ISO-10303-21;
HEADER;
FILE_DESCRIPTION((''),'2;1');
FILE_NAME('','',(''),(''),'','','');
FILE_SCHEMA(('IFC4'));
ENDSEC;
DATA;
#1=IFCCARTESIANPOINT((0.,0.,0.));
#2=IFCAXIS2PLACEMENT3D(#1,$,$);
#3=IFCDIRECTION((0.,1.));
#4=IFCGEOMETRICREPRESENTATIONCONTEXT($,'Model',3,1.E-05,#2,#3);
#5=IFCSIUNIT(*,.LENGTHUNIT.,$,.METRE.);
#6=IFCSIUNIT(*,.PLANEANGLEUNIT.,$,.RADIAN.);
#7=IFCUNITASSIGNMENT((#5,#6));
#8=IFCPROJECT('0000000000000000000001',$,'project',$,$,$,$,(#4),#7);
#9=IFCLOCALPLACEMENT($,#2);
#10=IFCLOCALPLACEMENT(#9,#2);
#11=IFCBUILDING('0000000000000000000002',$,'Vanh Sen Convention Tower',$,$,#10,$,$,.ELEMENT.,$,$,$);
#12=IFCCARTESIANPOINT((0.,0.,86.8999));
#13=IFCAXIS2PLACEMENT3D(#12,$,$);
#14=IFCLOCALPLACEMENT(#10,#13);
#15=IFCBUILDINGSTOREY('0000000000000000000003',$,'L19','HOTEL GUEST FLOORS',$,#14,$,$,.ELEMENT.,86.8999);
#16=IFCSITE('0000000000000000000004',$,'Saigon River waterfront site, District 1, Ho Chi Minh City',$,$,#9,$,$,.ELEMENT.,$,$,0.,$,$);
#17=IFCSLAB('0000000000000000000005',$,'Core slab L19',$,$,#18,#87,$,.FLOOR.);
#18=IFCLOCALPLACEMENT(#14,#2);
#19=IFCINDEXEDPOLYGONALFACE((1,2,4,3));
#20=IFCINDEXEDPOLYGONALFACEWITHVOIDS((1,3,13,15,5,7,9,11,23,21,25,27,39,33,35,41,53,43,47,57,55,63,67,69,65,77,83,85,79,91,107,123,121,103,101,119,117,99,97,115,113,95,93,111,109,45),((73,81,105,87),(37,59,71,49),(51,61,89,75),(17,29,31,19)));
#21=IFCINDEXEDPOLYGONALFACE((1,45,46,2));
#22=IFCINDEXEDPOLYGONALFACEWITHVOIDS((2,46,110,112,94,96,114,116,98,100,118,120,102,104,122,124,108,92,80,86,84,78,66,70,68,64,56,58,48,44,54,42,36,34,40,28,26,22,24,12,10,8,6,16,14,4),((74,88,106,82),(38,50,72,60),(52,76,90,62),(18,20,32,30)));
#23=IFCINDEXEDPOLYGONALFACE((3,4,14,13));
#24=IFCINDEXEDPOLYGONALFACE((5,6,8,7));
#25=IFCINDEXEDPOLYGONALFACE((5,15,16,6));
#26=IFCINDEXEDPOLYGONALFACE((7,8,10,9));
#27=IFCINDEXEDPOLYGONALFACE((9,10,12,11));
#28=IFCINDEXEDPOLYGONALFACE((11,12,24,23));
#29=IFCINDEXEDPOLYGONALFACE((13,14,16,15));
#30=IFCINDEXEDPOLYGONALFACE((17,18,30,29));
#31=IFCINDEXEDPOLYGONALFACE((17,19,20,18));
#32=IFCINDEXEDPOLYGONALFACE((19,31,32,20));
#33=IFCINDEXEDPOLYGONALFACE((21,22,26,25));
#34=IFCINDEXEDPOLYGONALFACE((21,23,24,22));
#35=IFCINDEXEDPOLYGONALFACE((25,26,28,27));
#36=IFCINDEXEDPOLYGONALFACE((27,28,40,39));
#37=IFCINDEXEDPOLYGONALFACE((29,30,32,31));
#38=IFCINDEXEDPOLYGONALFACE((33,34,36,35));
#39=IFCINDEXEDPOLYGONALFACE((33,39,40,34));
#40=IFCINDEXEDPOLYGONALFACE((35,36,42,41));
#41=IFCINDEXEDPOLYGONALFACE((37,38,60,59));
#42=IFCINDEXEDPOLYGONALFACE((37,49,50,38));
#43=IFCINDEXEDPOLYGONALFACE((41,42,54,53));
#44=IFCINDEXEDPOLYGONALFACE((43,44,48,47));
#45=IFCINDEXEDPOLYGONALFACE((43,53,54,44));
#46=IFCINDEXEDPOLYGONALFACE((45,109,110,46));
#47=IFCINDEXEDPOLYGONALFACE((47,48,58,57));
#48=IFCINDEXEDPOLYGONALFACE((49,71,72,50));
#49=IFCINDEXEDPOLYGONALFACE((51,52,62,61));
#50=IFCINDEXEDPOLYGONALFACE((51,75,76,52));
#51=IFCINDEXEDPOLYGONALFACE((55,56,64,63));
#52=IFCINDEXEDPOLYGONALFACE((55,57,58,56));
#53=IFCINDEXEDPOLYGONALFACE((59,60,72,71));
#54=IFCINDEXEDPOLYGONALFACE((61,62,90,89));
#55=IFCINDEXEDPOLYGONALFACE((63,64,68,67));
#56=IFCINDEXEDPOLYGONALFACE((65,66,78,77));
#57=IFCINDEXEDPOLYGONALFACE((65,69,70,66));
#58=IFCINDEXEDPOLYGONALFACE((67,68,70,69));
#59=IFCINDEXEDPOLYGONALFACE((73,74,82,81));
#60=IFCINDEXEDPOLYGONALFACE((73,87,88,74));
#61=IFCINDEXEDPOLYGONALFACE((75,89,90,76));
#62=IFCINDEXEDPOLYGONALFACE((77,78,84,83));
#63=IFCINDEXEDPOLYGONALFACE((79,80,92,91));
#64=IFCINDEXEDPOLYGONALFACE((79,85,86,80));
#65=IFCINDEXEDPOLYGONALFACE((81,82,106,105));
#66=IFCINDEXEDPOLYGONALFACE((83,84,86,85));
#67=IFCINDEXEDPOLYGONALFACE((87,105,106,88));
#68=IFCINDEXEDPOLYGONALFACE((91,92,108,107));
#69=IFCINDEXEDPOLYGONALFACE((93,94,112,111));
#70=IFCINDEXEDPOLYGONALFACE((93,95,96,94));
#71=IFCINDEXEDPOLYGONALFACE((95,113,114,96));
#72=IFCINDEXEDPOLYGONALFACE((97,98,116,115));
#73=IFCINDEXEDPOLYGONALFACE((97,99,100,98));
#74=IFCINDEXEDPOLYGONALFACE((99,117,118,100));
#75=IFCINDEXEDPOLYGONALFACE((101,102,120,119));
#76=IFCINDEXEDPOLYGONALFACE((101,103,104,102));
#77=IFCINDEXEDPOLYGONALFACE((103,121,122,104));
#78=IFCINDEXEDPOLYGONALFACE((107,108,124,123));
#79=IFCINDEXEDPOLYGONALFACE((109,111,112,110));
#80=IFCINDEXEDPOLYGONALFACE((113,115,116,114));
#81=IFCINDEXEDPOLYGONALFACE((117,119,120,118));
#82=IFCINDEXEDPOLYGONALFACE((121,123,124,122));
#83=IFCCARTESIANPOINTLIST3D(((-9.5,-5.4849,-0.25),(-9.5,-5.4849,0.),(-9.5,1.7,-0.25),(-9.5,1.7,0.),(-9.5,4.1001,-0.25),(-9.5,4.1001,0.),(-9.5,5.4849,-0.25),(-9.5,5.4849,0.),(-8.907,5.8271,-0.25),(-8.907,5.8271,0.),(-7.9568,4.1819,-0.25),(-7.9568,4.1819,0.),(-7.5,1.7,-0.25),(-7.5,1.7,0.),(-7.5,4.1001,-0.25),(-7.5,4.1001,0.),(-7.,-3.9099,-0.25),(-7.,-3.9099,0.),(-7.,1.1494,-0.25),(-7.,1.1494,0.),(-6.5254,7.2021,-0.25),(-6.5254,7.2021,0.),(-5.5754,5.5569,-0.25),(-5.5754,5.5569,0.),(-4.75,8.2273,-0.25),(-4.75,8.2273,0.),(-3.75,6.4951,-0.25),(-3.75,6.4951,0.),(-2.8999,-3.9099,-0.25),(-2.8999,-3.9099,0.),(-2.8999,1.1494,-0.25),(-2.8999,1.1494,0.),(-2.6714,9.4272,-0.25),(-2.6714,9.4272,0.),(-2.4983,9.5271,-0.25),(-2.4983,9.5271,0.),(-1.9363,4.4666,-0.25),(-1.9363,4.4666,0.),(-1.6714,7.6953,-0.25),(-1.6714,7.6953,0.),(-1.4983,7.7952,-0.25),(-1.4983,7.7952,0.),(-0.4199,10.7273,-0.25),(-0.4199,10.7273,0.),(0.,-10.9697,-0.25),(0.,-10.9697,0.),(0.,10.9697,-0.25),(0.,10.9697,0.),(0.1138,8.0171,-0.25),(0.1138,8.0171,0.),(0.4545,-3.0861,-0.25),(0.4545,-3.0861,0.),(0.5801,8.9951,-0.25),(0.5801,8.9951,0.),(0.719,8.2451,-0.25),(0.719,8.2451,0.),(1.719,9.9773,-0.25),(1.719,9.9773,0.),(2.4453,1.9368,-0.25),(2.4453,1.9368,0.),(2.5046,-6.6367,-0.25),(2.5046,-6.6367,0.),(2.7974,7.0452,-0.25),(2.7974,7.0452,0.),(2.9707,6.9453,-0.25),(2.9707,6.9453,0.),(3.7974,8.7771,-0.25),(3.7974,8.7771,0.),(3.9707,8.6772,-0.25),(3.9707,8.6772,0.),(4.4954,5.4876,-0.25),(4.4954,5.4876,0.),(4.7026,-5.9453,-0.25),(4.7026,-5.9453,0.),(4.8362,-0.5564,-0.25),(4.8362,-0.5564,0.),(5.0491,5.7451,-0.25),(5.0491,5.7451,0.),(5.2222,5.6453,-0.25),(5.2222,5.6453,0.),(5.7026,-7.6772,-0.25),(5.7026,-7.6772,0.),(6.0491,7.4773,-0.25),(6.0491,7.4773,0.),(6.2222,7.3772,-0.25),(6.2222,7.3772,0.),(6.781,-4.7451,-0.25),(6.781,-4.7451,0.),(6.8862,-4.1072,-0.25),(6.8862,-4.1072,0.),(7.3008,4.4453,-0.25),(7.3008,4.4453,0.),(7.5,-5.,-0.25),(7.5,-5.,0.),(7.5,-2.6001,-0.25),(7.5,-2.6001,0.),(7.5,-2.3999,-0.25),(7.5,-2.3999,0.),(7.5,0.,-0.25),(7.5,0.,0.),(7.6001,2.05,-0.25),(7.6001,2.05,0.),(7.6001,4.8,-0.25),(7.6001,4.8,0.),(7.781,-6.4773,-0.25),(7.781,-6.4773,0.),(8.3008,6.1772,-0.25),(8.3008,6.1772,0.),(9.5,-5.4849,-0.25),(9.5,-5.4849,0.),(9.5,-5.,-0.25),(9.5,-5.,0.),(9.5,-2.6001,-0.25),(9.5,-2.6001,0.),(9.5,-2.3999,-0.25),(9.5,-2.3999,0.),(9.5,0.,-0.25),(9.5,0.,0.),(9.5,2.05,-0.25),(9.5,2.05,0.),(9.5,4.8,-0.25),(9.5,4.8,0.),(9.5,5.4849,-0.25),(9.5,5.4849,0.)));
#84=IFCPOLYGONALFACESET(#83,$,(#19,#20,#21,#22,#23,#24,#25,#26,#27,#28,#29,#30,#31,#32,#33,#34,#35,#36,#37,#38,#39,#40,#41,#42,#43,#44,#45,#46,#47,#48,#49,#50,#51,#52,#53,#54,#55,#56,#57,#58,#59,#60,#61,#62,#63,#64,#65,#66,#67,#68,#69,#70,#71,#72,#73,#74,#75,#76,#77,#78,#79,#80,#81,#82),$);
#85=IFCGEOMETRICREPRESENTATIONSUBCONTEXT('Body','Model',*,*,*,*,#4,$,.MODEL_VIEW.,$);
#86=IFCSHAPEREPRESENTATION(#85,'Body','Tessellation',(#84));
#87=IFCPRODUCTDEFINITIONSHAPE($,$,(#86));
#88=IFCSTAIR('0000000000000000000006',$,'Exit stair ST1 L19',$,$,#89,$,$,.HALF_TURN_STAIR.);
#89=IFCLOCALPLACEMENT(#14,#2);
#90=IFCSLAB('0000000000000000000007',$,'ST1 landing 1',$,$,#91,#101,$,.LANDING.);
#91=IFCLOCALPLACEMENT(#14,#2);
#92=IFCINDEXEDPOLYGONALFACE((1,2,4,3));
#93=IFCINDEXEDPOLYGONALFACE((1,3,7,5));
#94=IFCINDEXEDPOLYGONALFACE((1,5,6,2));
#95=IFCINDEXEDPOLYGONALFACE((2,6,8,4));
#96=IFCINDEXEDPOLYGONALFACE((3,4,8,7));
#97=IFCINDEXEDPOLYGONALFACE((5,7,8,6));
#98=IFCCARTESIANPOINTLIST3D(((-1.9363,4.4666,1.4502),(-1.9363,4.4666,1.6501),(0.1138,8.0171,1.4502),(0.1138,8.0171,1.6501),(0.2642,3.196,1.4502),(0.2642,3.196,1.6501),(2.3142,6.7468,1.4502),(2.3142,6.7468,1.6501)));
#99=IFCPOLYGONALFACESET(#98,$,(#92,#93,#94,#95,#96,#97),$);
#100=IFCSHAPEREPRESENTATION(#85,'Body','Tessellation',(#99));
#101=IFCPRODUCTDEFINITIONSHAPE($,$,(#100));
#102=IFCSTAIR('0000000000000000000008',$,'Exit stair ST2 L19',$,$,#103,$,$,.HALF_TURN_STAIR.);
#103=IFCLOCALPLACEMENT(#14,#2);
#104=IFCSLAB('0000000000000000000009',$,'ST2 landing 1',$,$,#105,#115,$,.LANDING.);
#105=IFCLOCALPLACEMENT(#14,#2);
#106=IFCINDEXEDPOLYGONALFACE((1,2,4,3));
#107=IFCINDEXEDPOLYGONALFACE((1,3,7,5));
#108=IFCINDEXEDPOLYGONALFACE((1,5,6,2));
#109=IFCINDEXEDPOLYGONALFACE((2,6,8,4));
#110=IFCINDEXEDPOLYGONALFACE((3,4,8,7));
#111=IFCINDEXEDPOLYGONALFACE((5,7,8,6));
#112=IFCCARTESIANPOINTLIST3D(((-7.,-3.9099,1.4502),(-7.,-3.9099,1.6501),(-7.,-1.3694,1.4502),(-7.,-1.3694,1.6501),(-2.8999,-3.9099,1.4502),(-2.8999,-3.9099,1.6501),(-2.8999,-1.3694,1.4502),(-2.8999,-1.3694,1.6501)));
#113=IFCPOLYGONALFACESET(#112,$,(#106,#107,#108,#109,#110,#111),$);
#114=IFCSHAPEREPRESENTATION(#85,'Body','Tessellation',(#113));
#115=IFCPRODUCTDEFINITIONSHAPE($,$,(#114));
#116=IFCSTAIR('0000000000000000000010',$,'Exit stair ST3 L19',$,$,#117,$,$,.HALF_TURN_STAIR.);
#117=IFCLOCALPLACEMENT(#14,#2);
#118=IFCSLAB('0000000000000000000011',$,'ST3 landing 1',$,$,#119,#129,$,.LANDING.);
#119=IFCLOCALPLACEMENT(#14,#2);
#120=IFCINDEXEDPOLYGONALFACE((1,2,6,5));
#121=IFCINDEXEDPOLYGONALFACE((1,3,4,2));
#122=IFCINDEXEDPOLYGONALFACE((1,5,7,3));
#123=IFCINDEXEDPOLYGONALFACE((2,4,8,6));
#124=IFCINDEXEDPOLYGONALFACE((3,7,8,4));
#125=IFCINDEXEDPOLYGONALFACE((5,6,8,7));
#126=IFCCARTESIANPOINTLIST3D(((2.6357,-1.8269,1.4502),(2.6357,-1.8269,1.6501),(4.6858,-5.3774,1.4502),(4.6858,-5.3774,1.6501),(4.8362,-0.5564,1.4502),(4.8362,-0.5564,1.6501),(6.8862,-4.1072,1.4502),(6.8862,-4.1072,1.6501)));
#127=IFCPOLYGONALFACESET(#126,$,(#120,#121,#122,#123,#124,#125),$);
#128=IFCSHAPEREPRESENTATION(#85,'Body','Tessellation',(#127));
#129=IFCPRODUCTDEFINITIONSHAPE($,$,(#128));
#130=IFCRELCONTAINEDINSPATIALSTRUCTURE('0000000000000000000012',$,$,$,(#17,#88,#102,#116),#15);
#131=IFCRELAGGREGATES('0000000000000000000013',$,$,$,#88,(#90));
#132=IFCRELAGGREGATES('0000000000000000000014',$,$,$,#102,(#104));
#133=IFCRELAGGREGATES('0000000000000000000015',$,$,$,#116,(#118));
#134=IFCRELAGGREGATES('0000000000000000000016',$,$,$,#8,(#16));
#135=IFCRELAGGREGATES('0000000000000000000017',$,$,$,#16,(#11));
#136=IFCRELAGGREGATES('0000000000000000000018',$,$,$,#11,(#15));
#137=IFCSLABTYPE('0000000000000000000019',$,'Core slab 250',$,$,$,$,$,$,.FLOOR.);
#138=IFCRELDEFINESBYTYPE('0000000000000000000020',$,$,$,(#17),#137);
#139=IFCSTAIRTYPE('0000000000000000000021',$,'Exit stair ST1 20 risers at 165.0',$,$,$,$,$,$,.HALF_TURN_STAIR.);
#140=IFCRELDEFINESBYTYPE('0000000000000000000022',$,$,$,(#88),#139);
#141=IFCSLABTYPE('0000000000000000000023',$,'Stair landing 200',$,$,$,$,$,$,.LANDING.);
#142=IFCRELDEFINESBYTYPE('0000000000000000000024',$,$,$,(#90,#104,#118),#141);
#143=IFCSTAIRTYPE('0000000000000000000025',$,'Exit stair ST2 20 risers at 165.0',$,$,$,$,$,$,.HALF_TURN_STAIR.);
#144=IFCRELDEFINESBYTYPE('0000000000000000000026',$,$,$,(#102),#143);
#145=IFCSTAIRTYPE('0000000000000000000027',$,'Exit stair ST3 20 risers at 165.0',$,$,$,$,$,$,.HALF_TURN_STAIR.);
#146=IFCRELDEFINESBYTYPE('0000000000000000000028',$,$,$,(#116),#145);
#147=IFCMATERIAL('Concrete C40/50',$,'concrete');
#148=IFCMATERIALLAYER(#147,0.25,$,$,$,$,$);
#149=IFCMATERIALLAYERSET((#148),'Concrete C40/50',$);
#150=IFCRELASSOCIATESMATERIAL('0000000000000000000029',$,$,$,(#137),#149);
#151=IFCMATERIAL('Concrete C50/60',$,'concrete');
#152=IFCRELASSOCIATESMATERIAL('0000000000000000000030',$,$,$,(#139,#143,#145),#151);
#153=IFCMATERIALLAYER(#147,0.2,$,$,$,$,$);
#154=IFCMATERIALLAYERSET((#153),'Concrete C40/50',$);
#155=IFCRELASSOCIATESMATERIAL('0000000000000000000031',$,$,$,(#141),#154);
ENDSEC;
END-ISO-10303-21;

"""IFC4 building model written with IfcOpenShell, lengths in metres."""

from ifc_helpers import new_model, si_unit, direction, frame, origin, place, context, subcontext, project, spatial, polyline, outline, extrude, material, layer, layer_set, type_object, element, aggregate, save


model = new_model("IFC4")

# Units and contexts
model_context = context("Model", 3, precision=1e-05, world=origin(), true_north=direction((0.0, 1.0)))
body_context = subcontext(model_context, "Body", "Model", "MODEL_VIEW")
ifc_project = project(units=[si_unit("LENGTHUNIT", "METRE"), si_unit("PLANEANGLEUNIT", "RADIAN")], contexts=[model_context])

# Site, building, storey
site_placement = place(None, origin())
site = spatial("IfcSite", under=ifc_project, at=site_placement, Name="Saigon River waterfront site, District 1, Ho Chi Minh City", CompositionType="ELEMENT", RefElevation=0.0)
building_placement = place(site_placement, origin())
building = spatial("IfcBuilding", under=site, at=building_placement, Name="Vanh Sen Convention Tower", CompositionType="ELEMENT")
storey_placement = place(building_placement, frame((0.0, 0.0, 86.8999)))
storey = spatial("IfcBuildingStorey", under=building, at=storey_placement, Name="L19", Description="HOTEL GUEST FLOORS", CompositionType="ELEMENT", Elevation=86.8999)

# Slab
ifc_material_1 = material(Name="Concrete C40/50", Category="concrete")
ifc_layer_1 = layer(ifc_material_1, 0.25)
ifc_layer_set_1 = layer_set([ifc_layer_1], Name="Concrete C40/50")
slab_type_1 = type_object("IfcSlabType", Name="Core slab 250", PredefinedType="FLOOR", material=ifc_layer_set_1)
slab_1_placement = place(storey_placement, frame((0.0, 0.0, -0.25)))
element("IfcSlab", 1, at=slab_1_placement, inside=storey, type_object=slab_type_1, Name="Core slab L19", PredefinedType="FLOOR", context=body_context, shape_type="SweptSolid", body=[
    extrude(outline(polyline([(9.5, 5.4849), (9.5, 4.8), (7.6001, 4.8), (7.6001, 2.05), (9.5, 2.05), (9.5, 0.0), (7.5, 0.0), (7.5, -2.3999), (9.5, -2.3999), (9.5, -2.6001), (7.5, -2.6001), (7.5, -5.0), (9.5, -5.0), (9.5, -5.4849), (0.0, -10.9697), (-9.5, -5.4849), (-9.5, 1.7), (-7.5, 1.7), (-7.5, 4.1001), (-9.5, 4.1001), (-9.5, 5.4849), (-8.907, 5.8271), (-7.9568, 4.1819), (-5.5754, 5.5569), (-6.5254, 7.2021), (-4.75, 8.2273), (-3.75, 6.4951), (-1.6714, 7.6953), (-2.6714, 9.4272), (-2.4983, 9.5271), (-1.4983, 7.7952), (0.5801, 8.9951), (-0.4199, 10.7273), (0.0, 10.9697), (1.719, 9.9773), (0.719, 8.2451), (2.7974, 7.0452), (3.7974, 8.7771), (3.9707, 8.6772), (2.9707, 6.9453), (5.0491, 5.7451), (6.0491, 7.4773), (6.2222, 7.3772), (5.2222, 5.6453), (7.3008, 4.4453), (8.3008, 6.1772), (9.5, 5.4849)]), holes=[polyline([(-7.0, 3.1499), (-7.0, -3.9099), (-2.8999, -3.9099), (-2.8999, 3.1499), (-2.8999, 1.1494), (-7.0, 1.1494), (-7.0, 3.1499)]), polyline([(4.4954, 5.4875), (6.228, 4.4873), (0.1138, 8.0171), (-1.9363, 4.4666), (2.4453, 1.9368), (4.4954, 5.4875)]), polyline([(7.781, -6.4773), (6.781, -4.7451), (4.7026, -5.9453), (5.7026, -7.6772), (7.781, -6.4773)]), polyline([(0.4546, -3.0862), (2.5046, -6.6367), (6.8862, -4.1072), (4.8362, -0.5564), (-1.2781, -4.0864), (0.4546, -3.0862)])]), origin(), (0.0, 0.0, 1.0), 0.25),
])

# Stairs, slabs
ifc_material_2 = material(Name="Concrete C50/60", Category="concrete")
stair_type_1 = type_object("IfcStairType", Name="Exit stair ST1 20 risers at 165.0", PredefinedType="HALF_TURN_STAIR", material=ifc_material_2)
stair_1_placement = place(storey_placement, origin())
stair_1 = element("IfcStair", 2, at=stair_1_placement, inside=storey, type_object=stair_type_1, Name="Exit stair ST1 L19", PredefinedType="HALF_TURN_STAIR")
ifc_layer_2 = layer(ifc_material_1, 0.2)
ifc_layer_set_2 = layer_set([ifc_layer_2], Name="Concrete C40/50")
slab_type_2 = type_object("IfcSlabType", Name="Stair landing 200", PredefinedType="LANDING", material=ifc_layer_set_2)
slab_2_placement = place(storey_placement, frame((0.0, 0.0, 1.4502)))
slab_2 = element("IfcSlab", 3, at=slab_2_placement, type_object=slab_type_2, Name="ST1 landing 1", PredefinedType="LANDING", context=body_context, shape_type="SweptSolid", body=[
    extrude(outline(polyline([(2.3142, 6.7468), (0.1138, 8.0171), (-1.9363, 4.4666), (0.2642, 3.196), (2.3142, 6.7468)])), origin(), (0.0, 0.0, 1.0), 0.2),
])
aggregate(stair_1, [slab_2])
stair_type_2 = type_object("IfcStairType", Name="Exit stair ST2 20 risers at 165.0", PredefinedType="HALF_TURN_STAIR", material=ifc_material_2)
stair_2_placement = place(storey_placement, origin())
stair_2 = element("IfcStair", 4, at=stair_2_placement, inside=storey, type_object=stair_type_2, Name="Exit stair ST2 L19", PredefinedType="HALF_TURN_STAIR")
slab_3_placement = place(storey_placement, frame((0.0, 0.0, 1.4502)))
slab_3 = element("IfcSlab", 5, at=slab_3_placement, type_object=slab_type_2, Name="ST2 landing 1", PredefinedType="LANDING", context=body_context, shape_type="SweptSolid", body=[
    extrude(outline(polyline([(-7.0, -1.3694), (-7.0, -3.9099), (-2.8999, -3.9099), (-2.8999, -1.3694), (-7.0, -1.3694)])), origin(), (0.0, 0.0, 1.0), 0.2),
])
aggregate(stair_2, [slab_3])
stair_type_3 = type_object("IfcStairType", Name="Exit stair ST3 20 risers at 165.0", PredefinedType="HALF_TURN_STAIR", material=ifc_material_2)
stair_3_placement = place(storey_placement, origin())
stair_3 = element("IfcStair", 6, at=stair_3_placement, inside=storey, type_object=stair_type_3, Name="Exit stair ST3 L19", PredefinedType="HALF_TURN_STAIR")
slab_4_placement = place(storey_placement, frame((0.0, 0.0, 1.4502)))
slab_4 = element("IfcSlab", 7, at=slab_4_placement, type_object=slab_type_2, Name="ST3 landing 1", PredefinedType="LANDING", context=body_context, shape_type="SweptSolid", body=[
    extrude(outline(polyline([(4.6858, -5.3774), (6.8862, -4.1072), (4.8362, -0.5564), (2.6357, -1.8269), (4.6858, -5.3774)])), origin(), (0.0, 0.0, 1.0), 0.2),
])
aggregate(stair_3, [slab_4])

save(model, "model.ifc")
